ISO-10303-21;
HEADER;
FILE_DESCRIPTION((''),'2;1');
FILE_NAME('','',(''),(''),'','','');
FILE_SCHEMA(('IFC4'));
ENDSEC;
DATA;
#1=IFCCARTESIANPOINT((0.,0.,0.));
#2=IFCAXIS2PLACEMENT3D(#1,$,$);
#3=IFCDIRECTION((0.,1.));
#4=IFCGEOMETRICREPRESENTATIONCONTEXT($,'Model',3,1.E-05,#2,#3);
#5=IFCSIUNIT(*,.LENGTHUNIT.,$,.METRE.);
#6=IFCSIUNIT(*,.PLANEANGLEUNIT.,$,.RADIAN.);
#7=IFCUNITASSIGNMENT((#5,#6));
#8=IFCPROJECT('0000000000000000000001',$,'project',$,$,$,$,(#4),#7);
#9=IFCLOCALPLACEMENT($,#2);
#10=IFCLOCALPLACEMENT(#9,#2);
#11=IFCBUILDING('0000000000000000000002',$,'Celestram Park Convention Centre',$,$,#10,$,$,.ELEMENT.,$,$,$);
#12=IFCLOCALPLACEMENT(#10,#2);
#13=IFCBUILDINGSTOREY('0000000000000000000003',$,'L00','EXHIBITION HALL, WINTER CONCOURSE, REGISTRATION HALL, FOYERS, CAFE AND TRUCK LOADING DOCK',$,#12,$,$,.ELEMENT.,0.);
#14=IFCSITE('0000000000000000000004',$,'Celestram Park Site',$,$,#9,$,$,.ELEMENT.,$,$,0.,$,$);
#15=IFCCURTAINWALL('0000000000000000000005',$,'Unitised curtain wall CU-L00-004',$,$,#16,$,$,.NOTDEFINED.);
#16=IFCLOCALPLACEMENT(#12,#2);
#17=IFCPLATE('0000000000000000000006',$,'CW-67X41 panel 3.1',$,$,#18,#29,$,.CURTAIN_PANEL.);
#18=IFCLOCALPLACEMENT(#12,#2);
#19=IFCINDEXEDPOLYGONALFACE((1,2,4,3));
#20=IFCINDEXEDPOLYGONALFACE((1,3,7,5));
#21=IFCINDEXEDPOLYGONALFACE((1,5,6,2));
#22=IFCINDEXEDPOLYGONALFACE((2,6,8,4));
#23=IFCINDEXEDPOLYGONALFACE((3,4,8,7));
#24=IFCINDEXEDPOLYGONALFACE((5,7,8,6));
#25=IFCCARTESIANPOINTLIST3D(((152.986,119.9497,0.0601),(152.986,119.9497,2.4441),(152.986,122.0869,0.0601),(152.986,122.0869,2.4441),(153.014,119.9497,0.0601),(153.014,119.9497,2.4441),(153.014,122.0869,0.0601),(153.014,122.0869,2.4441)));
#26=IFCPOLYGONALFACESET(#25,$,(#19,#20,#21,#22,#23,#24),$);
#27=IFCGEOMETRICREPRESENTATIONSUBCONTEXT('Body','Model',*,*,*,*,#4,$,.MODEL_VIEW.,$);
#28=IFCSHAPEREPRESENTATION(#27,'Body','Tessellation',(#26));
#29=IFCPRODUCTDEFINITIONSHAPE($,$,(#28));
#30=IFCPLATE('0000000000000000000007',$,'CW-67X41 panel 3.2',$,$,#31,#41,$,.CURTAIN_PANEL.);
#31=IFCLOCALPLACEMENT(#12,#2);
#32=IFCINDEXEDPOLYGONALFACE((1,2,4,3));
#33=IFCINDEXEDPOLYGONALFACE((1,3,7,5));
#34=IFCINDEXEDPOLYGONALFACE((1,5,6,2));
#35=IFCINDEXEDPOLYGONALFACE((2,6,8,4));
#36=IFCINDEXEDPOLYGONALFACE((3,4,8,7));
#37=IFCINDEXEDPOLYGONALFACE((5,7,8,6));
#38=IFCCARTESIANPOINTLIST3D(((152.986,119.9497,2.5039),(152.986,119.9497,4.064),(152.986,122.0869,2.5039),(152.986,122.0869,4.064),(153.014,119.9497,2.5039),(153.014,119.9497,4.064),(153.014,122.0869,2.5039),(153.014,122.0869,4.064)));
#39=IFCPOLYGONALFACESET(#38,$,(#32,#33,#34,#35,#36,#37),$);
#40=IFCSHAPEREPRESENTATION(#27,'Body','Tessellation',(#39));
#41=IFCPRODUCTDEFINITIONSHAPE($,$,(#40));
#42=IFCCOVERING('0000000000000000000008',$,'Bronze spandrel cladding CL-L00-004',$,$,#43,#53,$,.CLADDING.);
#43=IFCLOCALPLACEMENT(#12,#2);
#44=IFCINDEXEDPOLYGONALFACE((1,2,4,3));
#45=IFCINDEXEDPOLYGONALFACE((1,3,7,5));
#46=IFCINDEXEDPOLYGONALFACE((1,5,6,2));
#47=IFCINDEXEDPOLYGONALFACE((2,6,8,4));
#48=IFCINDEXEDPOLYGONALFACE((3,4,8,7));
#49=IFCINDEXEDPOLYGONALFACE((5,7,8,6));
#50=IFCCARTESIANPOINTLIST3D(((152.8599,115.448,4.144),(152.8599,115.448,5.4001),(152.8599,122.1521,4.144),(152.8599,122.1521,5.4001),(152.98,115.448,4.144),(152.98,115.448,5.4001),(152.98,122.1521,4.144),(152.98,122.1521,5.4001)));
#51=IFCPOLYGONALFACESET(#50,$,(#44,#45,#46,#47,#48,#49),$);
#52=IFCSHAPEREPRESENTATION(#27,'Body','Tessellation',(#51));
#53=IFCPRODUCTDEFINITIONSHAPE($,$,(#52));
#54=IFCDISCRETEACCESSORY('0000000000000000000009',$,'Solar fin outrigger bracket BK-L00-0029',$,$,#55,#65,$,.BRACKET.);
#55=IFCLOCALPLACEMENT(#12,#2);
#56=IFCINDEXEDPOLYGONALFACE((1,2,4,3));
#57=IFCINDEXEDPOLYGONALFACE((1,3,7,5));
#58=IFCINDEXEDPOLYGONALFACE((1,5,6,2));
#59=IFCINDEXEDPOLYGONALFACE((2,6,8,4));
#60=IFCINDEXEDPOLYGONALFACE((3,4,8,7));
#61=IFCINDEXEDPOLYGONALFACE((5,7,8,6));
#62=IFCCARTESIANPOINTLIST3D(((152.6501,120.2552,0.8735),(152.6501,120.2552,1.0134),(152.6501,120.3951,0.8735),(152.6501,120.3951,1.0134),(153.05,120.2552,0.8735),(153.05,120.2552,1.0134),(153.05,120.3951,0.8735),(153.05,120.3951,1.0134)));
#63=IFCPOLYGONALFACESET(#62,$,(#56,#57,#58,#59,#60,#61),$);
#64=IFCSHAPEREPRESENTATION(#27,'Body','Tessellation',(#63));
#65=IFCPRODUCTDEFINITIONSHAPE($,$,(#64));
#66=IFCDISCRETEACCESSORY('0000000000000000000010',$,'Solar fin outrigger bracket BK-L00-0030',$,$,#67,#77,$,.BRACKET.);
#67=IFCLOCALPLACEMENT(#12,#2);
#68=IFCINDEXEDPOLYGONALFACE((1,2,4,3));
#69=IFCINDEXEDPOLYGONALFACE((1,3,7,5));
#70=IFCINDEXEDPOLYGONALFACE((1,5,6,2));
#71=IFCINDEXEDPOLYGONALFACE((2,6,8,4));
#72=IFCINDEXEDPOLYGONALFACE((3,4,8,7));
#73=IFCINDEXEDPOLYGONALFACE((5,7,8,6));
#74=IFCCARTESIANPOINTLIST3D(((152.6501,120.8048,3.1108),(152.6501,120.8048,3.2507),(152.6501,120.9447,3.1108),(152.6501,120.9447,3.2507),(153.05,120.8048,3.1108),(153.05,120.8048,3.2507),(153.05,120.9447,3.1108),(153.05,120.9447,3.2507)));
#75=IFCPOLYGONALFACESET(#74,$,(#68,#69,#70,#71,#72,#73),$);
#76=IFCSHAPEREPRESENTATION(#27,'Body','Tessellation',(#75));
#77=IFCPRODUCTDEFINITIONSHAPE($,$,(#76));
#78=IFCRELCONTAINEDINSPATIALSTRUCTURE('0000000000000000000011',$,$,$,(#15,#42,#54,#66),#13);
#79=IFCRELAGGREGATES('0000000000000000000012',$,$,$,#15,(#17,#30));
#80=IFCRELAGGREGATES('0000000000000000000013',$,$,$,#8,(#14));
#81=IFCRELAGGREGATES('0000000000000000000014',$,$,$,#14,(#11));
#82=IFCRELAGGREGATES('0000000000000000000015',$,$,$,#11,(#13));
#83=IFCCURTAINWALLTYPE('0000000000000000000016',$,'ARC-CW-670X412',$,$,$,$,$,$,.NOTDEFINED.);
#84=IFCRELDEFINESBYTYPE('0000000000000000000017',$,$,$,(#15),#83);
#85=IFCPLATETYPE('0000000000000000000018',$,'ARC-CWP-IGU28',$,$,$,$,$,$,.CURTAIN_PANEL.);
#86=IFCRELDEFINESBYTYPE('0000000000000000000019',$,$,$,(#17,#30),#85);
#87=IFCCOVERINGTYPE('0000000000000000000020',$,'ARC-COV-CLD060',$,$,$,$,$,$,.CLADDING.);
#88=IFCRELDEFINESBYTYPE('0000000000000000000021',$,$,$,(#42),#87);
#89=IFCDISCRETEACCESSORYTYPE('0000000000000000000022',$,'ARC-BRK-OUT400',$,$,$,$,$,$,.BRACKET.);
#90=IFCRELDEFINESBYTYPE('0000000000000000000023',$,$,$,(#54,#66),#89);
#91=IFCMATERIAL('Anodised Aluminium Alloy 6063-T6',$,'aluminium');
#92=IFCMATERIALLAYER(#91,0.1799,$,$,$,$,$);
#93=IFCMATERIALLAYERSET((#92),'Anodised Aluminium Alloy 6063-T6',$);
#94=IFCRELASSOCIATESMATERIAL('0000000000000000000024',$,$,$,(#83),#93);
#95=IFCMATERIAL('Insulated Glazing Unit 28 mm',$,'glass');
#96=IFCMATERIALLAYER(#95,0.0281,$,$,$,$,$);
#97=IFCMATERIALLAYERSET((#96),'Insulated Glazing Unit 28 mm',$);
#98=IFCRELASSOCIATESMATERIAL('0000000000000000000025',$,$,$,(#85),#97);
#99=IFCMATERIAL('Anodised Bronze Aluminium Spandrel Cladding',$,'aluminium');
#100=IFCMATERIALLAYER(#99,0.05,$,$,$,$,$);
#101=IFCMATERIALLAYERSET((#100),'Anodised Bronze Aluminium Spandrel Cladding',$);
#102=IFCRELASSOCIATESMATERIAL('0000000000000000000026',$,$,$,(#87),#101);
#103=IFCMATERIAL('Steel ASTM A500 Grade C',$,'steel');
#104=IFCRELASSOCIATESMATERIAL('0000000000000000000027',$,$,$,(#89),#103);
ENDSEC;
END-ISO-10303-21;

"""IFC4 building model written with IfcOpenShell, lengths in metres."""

from ifc_helpers import new_model, si_unit, direction, frame, origin, origin_2d, place, context, subcontext, project, spatial, rectangle, extrude, material, layer, layer_set, type_object, element, aggregate, save


model = new_model("IFC4")

# Units and contexts
model_context = context("Model", 3, precision=1e-05, world=origin(), true_north=direction((0.0, 1.0)))
body_context = subcontext(model_context, "Body", "Model", "MODEL_VIEW")
ifc_project = project(units=[si_unit("LENGTHUNIT", "METRE"), si_unit("PLANEANGLEUNIT", "RADIAN")], contexts=[model_context])

# Site, building, storey
site_placement = place(None, origin())
site = spatial("IfcSite", under=ifc_project, at=site_placement, Name="Celestram Park Site", CompositionType="ELEMENT", RefElevation=0.0)
building_placement = place(site_placement, origin())
building = spatial("IfcBuilding", under=site, at=building_placement, Name="Celestram Park Convention Centre", CompositionType="ELEMENT")
storey_placement = place(building_placement, origin())
storey = spatial("IfcBuildingStorey", under=building, at=storey_placement, Name="L00", Description="EXHIBITION HALL, WINTER CONCOURSE, REGISTRATION HALL, FOYERS, CAFE AND TRUCK LOADING DOCK", CompositionType="ELEMENT", Elevation=0.0)

# Curtain wall
ifc_material_1 = material(Name="Anodised Aluminium Alloy 6063-T6", Category="aluminium")
ifc_layer_1 = layer(ifc_material_1, 0.1799)
ifc_layer_set_1 = layer_set([ifc_layer_1], Name="Anodised Aluminium Alloy 6063-T6")
curtain_wall_type = type_object("IfcCurtainWallType", Name="ARC-CW-670X412", PredefinedType="NOTDEFINED", material=ifc_layer_set_1)
curtain_wall_placement = place(storey_placement, origin())
curtain_wall = element("IfcCurtainWall", 1, at=curtain_wall_placement, inside=storey, type_object=curtain_wall_type, Name="Unitised curtain wall CU-L00-004", PredefinedType="NOTDEFINED")

# Shared definitions
ifc_material_2 = material(Name="Steel ASTM A500 Grade C", Category="steel")

# Plates
ifc_material_3 = material(Name="Insulated Glazing Unit 28 mm", Category="glass")
ifc_layer_2 = layer(ifc_material_3, 0.0281)
ifc_layer_set_2 = layer_set([ifc_layer_2], Name="Insulated Glazing Unit 28 mm")
plate_type = type_object("IfcPlateType", Name="ARC-CWP-IGU28", PredefinedType="CURTAIN_PANEL", material=ifc_layer_set_2)
plate_1_placement = place(storey_placement, frame((153.0, 121.0183, 0.0601), z_axis=(0.0, 0.0, 1.0), x_axis=(0.0, 1.0, 0.0)))
plate_1 = element("IfcPlate", 2, at=plate_1_placement, type_object=plate_type, Name="CW-67X41 panel 3.1", PredefinedType="CURTAIN_PANEL", context=body_context, shape_type="SweptSolid", body=[
    extrude(rectangle(XDim=2.1372, YDim=0.0281, at=origin_2d()), origin(), (0.0, 0.0, 1.0), 2.384),
])
plate_2_placement = place(storey_placement, frame((153.0, 121.0183, 2.5039), z_axis=(0.0, 0.0, 1.0), x_axis=(0.0, 1.0, 0.0)))
plate_2 = element("IfcPlate", 3, at=plate_2_placement, type_object=plate_type, Name="CW-67X41 panel 3.2", PredefinedType="CURTAIN_PANEL", context=body_context, shape_type="SweptSolid", body=[
    extrude(rectangle(XDim=2.1372, YDim=0.0281, at=origin_2d()), origin(), (0.0, 0.0, 1.0), 1.5601),
])
aggregate(curtain_wall, [plate_1, plate_2])

# Covering
ifc_material_4 = material(Name="Anodised Bronze Aluminium Spandrel Cladding", Category="aluminium")
ifc_layer_3 = layer(ifc_material_4, 0.05)
ifc_layer_set_3 = layer_set([ifc_layer_3], Name="Anodised Bronze Aluminium Spandrel Cladding")
covering_type = type_object("IfcCoveringType", Name="ARC-COV-CLD060", PredefinedType="CLADDING", material=ifc_layer_set_3)
covering_placement = place(storey_placement, frame((152.9199, 118.8, 4.144), z_axis=(0.0, 0.0, 1.0), x_axis=(0.0, 1.0, 0.0)))
element("IfcCovering", 4, at=covering_placement, inside=storey, type_object=covering_type, Name="Bronze spandrel cladding CL-L00-004", PredefinedType="CLADDING", context=body_context, shape_type="SweptSolid", body=[
    extrude(rectangle(XDim=6.7041, YDim=0.1201, at=origin_2d()), origin(), (0.0, 0.0, 1.0), 1.2561),
])

# Discrete accessories
discrete_accessory_type = type_object("IfcDiscreteAccessoryType", Name="ARC-BRK-OUT400", PredefinedType="BRACKET", material=ifc_material_2)
for number, where, z_axis, x_axis, name in (
    (5, (152.8501, 120.3252, 0.8735), (0.0, 0.0, 1.0), (-1.0, 0.0, 0.0), "Solar fin outrigger bracket BK-L00-0029"),
    (6, (152.8501, 120.8748, 3.1108), (0.0, 0.0, 1.0), (-1.0, 0.0, 0.0), "Solar fin outrigger bracket BK-L00-0030"),
):
    element("IfcDiscreteAccessory", number, at=place(storey_placement, frame(where, z_axis=z_axis, x_axis=x_axis)), inside=storey, type_object=discrete_accessory_type, Name=name, PredefinedType="BRACKET", context=body_context, shape_type="SweptSolid", body=[
        extrude(rectangle(XDim=0.3999, YDim=0.1399, at=origin_2d()), origin(), (0.0, 0.0, 1.0), 0.1399),
    ])

save(model, "model.ifc")
